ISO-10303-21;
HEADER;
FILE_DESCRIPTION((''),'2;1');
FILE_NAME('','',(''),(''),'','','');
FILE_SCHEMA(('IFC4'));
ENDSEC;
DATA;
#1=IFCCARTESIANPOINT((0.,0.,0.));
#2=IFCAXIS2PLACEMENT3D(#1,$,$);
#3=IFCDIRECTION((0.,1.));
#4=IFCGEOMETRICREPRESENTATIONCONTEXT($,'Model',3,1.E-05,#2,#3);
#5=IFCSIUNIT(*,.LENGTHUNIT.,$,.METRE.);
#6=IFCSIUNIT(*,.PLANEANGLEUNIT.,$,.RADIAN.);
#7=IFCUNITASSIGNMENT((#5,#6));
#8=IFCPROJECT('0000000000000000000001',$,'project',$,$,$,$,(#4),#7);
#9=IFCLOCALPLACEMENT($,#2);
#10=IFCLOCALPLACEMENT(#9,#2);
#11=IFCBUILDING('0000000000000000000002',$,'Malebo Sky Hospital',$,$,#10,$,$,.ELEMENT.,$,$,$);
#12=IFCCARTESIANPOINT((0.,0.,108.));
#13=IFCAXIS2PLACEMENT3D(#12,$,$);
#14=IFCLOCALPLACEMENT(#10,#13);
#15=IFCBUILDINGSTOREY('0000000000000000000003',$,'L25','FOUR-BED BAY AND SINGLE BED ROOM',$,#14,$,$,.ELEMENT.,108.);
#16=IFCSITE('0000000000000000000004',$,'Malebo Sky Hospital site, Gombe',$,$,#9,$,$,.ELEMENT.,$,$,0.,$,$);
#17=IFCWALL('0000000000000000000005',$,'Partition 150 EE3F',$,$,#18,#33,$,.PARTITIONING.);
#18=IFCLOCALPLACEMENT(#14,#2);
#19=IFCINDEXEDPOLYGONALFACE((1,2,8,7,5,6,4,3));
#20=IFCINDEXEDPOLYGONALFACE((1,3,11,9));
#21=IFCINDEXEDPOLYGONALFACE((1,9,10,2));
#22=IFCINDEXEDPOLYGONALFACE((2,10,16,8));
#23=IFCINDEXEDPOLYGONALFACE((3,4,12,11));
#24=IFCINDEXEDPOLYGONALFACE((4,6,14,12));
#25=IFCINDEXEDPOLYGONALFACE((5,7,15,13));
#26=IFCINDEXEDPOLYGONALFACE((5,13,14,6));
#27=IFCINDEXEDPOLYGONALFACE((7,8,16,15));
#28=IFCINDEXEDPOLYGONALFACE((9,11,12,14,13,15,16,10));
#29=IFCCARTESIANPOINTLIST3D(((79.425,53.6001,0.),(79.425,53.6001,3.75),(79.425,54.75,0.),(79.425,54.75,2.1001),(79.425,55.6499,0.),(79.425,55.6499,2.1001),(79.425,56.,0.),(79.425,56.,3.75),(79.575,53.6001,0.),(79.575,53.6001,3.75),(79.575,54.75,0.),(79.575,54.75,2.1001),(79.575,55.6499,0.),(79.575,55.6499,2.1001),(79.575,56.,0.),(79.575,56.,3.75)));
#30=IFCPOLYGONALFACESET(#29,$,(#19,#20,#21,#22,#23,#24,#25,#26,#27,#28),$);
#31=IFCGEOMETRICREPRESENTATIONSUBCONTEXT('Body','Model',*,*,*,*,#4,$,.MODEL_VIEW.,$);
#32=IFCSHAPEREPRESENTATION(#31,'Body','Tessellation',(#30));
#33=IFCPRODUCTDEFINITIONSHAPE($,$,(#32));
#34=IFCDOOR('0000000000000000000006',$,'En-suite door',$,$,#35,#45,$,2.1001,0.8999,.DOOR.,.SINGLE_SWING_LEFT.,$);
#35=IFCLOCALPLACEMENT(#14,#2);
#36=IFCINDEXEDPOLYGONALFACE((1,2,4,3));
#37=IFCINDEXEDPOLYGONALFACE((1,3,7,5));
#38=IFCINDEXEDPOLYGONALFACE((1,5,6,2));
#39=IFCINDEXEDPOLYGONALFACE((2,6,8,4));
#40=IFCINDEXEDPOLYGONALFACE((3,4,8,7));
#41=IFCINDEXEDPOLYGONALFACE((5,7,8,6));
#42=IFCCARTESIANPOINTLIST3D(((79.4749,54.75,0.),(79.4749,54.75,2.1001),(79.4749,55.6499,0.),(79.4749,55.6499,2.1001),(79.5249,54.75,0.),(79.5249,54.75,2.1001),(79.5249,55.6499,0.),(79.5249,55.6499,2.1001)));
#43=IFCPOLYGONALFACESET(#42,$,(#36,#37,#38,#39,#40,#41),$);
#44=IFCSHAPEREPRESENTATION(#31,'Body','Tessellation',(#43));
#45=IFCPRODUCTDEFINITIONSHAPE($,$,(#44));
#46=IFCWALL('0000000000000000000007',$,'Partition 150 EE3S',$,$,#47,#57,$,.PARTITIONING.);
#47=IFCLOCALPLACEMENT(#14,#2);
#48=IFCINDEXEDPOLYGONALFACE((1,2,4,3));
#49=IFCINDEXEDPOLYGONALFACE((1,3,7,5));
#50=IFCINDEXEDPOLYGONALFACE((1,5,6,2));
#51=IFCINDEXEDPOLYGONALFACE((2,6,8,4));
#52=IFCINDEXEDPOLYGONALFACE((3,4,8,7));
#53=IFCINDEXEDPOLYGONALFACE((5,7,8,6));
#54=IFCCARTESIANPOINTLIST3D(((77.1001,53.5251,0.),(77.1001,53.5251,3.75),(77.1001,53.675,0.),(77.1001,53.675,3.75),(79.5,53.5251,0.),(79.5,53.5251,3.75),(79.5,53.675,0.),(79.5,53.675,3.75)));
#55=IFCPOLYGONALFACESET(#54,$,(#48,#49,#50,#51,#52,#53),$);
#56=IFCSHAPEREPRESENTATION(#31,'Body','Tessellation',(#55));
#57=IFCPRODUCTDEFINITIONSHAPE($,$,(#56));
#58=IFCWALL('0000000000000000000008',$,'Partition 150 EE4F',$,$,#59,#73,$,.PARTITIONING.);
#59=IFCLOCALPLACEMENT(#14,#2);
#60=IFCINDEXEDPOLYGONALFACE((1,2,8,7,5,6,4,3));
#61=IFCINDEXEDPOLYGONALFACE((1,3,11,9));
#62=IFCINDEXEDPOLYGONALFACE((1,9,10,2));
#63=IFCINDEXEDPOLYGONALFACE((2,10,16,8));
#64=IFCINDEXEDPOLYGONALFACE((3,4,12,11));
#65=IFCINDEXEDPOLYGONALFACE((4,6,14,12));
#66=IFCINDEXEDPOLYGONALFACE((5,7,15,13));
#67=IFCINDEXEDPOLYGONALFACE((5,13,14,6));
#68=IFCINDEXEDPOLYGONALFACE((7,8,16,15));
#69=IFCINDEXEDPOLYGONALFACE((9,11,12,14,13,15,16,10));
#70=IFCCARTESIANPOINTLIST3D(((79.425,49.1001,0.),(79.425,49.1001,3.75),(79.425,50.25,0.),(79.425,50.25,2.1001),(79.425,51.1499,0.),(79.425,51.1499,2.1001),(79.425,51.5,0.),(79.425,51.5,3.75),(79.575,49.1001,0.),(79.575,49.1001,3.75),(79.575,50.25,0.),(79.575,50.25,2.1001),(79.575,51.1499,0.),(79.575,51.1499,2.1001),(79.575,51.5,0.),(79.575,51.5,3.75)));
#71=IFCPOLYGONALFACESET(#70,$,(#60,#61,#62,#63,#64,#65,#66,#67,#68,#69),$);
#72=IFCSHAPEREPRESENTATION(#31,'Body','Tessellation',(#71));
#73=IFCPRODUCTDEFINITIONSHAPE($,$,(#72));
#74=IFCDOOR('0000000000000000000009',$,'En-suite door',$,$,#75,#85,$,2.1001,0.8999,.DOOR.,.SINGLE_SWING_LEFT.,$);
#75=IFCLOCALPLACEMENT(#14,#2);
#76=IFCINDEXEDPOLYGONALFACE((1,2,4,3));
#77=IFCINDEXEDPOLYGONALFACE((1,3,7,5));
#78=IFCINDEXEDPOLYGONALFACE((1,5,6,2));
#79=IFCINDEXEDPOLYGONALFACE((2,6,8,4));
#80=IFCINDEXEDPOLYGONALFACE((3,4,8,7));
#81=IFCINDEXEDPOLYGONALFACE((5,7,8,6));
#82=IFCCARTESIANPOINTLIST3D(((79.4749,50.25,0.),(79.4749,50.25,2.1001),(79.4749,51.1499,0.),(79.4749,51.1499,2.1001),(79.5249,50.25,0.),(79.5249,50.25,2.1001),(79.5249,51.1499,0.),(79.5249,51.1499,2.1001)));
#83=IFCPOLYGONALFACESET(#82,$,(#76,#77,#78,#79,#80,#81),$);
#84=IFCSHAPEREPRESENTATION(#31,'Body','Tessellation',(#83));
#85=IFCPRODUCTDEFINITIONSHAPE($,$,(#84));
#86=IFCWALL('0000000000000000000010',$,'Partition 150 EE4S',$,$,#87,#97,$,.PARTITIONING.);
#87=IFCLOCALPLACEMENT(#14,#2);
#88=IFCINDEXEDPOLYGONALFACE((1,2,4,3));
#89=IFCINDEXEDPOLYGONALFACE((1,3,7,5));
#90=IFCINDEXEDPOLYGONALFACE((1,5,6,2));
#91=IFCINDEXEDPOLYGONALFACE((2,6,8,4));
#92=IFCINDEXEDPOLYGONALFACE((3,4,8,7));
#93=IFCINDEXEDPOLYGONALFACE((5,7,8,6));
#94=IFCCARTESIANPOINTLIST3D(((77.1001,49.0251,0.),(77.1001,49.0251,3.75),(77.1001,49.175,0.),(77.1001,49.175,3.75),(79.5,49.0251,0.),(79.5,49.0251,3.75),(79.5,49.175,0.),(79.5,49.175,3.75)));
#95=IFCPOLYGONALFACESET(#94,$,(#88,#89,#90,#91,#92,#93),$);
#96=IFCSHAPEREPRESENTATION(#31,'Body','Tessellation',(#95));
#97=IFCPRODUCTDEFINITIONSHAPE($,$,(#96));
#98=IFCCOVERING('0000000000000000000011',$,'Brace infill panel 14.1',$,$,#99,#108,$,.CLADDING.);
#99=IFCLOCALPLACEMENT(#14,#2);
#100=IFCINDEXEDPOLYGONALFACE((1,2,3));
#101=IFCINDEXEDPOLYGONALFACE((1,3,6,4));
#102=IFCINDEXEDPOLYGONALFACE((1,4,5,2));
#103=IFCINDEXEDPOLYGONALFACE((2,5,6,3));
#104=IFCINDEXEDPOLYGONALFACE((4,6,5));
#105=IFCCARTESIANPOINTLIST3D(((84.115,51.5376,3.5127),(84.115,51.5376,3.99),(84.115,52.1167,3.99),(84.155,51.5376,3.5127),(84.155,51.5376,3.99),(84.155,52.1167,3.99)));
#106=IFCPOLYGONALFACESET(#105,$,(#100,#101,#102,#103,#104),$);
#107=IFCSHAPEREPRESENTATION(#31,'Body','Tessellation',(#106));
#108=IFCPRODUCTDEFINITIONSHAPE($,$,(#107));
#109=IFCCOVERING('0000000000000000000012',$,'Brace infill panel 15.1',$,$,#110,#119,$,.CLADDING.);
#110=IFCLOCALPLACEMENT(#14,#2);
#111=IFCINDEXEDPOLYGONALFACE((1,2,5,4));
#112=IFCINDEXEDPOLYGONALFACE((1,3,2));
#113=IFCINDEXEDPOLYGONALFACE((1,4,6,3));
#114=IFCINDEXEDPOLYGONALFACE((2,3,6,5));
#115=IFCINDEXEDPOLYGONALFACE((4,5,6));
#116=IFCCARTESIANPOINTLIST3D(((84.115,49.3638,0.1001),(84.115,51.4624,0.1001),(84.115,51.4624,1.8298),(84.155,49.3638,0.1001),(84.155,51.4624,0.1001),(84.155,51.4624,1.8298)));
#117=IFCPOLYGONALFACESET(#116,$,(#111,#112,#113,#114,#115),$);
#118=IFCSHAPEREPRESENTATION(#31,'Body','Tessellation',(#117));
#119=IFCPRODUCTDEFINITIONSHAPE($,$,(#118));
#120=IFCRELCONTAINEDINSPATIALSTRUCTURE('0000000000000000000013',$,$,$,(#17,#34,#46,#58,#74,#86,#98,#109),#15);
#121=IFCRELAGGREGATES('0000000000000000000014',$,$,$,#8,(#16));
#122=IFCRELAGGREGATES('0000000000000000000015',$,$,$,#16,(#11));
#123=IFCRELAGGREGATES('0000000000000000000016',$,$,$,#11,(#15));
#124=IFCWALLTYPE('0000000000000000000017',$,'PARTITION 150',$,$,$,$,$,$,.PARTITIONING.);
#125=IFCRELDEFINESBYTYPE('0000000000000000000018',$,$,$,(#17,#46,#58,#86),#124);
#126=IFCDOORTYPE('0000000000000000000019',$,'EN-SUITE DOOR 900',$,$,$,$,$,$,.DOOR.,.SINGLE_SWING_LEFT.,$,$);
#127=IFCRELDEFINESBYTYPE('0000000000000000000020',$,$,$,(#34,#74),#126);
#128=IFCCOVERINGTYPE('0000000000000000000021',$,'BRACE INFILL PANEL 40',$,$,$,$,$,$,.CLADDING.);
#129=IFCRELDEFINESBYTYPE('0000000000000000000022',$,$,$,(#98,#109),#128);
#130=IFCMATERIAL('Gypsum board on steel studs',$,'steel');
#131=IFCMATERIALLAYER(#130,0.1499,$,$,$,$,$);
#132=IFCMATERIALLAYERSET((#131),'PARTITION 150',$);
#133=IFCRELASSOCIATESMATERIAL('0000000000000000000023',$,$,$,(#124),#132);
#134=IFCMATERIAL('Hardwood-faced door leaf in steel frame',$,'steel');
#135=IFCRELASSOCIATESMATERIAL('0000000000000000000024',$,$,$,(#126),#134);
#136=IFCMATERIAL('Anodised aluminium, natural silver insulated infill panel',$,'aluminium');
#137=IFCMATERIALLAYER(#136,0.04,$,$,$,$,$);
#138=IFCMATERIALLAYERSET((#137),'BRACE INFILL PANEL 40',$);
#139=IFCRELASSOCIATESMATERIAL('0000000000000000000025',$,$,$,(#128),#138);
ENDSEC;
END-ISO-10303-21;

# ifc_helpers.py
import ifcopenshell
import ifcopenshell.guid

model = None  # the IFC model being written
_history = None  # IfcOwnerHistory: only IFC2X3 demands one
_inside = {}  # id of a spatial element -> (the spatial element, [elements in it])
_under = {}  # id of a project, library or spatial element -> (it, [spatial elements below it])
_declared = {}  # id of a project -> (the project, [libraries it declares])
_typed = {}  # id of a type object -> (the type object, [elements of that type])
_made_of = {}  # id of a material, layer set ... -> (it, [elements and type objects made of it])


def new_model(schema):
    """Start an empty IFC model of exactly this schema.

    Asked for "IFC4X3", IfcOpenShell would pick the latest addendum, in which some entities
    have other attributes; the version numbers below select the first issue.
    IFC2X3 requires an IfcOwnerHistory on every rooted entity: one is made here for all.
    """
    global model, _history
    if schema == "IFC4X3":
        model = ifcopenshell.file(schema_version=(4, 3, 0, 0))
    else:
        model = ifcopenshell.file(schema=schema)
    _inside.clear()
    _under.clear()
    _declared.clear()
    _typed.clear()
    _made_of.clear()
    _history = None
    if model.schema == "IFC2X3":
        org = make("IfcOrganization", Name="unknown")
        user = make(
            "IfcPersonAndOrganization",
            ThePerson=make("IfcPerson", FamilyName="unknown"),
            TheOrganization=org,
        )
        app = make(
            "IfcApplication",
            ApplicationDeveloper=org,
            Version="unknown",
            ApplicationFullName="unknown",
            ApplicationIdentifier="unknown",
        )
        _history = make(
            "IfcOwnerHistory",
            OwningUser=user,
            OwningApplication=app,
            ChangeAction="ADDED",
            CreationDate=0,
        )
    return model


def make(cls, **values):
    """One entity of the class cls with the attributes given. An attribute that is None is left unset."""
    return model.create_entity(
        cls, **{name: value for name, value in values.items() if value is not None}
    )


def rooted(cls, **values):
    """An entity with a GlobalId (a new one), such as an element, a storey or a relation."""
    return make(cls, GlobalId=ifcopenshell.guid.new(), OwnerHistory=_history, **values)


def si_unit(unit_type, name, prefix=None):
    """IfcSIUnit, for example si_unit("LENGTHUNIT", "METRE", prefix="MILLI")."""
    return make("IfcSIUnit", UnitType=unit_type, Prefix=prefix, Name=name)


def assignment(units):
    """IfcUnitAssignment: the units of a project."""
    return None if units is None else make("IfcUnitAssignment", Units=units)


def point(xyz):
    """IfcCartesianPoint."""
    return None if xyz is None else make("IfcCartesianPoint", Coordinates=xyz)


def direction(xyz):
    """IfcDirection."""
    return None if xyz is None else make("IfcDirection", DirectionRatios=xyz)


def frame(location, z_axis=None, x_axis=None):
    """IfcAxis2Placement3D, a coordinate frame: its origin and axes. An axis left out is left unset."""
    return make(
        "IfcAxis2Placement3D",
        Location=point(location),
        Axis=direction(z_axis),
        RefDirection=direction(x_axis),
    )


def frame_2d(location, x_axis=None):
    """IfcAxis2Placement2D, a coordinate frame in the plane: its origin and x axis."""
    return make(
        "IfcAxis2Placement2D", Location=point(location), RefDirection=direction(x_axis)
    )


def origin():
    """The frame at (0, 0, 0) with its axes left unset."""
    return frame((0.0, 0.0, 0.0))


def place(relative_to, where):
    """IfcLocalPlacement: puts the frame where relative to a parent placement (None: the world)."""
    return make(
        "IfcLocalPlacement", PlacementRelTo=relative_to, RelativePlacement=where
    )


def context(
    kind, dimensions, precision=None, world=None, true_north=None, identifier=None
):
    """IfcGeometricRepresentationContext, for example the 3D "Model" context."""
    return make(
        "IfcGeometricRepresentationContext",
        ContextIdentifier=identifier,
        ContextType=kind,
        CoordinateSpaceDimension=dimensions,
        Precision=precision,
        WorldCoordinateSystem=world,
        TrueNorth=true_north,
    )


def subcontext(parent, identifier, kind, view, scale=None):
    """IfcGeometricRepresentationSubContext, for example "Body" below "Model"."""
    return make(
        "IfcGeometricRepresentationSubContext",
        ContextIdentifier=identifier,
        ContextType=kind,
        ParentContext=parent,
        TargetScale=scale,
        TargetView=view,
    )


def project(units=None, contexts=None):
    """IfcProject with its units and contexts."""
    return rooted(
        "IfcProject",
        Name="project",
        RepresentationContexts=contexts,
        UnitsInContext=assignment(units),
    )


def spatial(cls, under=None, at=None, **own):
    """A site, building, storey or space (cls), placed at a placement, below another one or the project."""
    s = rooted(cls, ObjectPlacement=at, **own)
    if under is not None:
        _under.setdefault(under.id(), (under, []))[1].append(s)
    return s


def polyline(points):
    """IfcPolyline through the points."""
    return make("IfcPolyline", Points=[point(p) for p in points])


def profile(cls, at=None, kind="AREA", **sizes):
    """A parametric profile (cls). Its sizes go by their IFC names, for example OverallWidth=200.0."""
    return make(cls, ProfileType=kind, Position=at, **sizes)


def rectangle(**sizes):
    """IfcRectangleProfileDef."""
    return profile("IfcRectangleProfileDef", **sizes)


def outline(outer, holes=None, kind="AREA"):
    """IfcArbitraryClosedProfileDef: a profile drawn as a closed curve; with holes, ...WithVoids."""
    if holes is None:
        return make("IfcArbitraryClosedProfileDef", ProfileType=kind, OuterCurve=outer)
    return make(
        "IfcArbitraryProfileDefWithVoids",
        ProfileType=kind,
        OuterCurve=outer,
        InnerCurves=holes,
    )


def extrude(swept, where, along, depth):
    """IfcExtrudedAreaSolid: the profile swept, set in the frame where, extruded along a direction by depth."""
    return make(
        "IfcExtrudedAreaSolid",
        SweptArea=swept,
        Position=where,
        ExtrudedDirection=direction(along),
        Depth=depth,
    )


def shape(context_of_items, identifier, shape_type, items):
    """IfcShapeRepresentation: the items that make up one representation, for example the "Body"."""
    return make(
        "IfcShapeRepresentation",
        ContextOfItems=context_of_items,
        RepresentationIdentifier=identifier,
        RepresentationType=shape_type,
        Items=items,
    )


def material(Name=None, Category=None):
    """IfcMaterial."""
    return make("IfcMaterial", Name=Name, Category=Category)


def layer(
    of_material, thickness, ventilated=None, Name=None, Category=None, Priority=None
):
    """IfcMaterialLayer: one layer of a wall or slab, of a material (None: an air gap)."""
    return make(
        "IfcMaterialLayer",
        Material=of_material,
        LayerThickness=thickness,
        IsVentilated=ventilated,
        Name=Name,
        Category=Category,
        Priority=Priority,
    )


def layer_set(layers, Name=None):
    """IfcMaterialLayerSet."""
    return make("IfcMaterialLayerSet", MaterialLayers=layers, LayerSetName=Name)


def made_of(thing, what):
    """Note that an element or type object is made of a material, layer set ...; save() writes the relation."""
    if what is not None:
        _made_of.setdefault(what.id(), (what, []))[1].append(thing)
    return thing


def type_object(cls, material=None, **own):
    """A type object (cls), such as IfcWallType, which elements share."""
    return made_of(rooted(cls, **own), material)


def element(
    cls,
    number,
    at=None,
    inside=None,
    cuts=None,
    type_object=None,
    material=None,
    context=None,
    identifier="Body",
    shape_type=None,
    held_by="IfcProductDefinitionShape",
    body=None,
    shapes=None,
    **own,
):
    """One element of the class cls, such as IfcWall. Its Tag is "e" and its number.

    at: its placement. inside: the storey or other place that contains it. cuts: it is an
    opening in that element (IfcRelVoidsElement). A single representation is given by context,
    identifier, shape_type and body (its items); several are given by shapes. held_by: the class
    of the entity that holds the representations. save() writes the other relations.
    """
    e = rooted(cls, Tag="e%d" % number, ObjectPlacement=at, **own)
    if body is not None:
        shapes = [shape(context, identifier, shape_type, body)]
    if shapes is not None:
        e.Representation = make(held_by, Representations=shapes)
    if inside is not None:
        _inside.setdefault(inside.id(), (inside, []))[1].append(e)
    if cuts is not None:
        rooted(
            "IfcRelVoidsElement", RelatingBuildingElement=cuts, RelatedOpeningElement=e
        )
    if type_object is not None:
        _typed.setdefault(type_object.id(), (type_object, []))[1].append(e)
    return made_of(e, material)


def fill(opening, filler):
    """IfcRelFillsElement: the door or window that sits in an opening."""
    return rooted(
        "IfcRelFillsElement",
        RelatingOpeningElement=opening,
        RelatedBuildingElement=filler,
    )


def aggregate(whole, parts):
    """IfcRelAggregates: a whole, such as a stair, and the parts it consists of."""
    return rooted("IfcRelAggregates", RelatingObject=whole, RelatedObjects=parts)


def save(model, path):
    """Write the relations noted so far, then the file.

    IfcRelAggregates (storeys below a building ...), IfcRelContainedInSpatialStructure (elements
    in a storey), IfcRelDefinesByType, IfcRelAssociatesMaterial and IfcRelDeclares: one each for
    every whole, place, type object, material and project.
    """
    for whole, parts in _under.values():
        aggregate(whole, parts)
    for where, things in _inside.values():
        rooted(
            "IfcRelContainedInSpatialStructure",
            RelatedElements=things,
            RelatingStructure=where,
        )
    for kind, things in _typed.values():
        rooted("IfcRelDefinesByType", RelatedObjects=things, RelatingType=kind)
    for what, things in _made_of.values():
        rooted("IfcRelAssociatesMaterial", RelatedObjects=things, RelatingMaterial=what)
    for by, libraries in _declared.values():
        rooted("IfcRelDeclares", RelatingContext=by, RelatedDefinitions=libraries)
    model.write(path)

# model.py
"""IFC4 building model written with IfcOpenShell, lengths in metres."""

from ifc_helpers import new_model, si_unit, direction, frame, frame_2d, origin, place, context, subcontext, project, spatial, polyline, rectangle, outline, extrude, material, layer, layer_set, type_object, element, fill, save


model = new_model("IFC4")

# Units and contexts
model_context = context("Model", 3, precision=1e-05, world=origin(), true_north=direction((0.0, 1.0)))
body_context = subcontext(model_context, "Body", "Model", "MODEL_VIEW")
ifc_project = project(units=[si_unit("LENGTHUNIT", "METRE"), si_unit("PLANEANGLEUNIT", "RADIAN")], contexts=[model_context])

# Site, building, storey
site_placement = place(None, origin())
site = spatial("IfcSite", under=ifc_project, at=site_placement, Name="Malebo Sky Hospital site, Gombe", CompositionType="ELEMENT", RefElevation=0.0)
building_placement = place(site_placement, origin())
building = spatial("IfcBuilding", under=site, at=building_placement, Name="Malebo Sky Hospital", CompositionType="ELEMENT")
storey_placement = place(building_placement, frame((0.0, 0.0, 108.0)))
storey = spatial("IfcBuildingStorey", under=building, at=storey_placement, Name="L25", Description="FOUR-BED BAY AND SINGLE BED ROOM", CompositionType="ELEMENT", Elevation=108.0)

# Shared definitions
ifc_material_1 = material(Name="Gypsum board on steel studs", Category="steel")
ifc_layer_1 = layer(ifc_material_1, 0.1499)
ifc_layer_set_1 = layer_set([ifc_layer_1], Name="PARTITION 150")
wall_type = type_object("IfcWallType", Name="PARTITION 150", PredefinedType="PARTITIONING", material=ifc_layer_set_1)

# Wall, opening, door
wall_1_placement = place(storey_placement, frame((79.5, 56.0, 0.0), z_axis=(0.0, 0.0, 1.0), x_axis=(0.0, -1.0, 0.0)))
wall_1 = element("IfcWall", 1, at=wall_1_placement, inside=storey, type_object=wall_type, Name="Partition 150 EE3F", PredefinedType="PARTITIONING", context=body_context, shape_type="SweptSolid", body=[
    extrude(rectangle(XDim=2.3999, YDim=0.1499, at=frame_2d((1.2, 0.0))), origin(), (0.0, 0.0, 1.0), 3.75),
])
opening_1_placement = place(wall_1_placement, frame((0.3501, 0.0, 0.0)))
opening_1 = element("IfcOpeningElement", 2, at=opening_1_placement, cuts=wall_1, PredefinedType="OPENING", context=body_context, shape_type="SweptSolid", body=[
    extrude(rectangle(XDim=0.8999, YDim=2.1001, at=frame_2d((0.45, 1.05))), frame((0.0, 0.085, 0.0), z_axis=(0.0, -1.0, 0.0), x_axis=(1.0, 0.0, 0.0)), (0.0, 0.0, 1.0), 0.1699),
])
ifc_material_2 = material(Name="Hardwood-faced door leaf in steel frame", Category="steel")
door_type = type_object("IfcDoorType", Name="EN-SUITE DOOR 900", OperationType="SINGLE_SWING_LEFT", PredefinedType="DOOR", material=ifc_material_2)
door_1_placement = place(opening_1_placement, origin())
door_1 = element("IfcDoor", 3, at=door_1_placement, inside=storey, type_object=door_type, Name="En-suite door", OperationType="SINGLE_SWING_LEFT", OverallHeight=2.1001, OverallWidth=0.8999, PredefinedType="DOOR", context=body_context, shape_type="SweptSolid", body=[
    extrude(rectangle(XDim=0.8999, YDim=2.1001, at=frame_2d((0.45, 1.05))), frame((0.0, 0.0249, 0.0), z_axis=(0.0, -1.0, 0.0), x_axis=(1.0, 0.0, 0.0)), (0.0, 0.0, 1.0), 0.05),
])
fill(opening_1, door_1)

# Wall
wall_2_placement = place(storey_placement, frame((77.1001, 53.6001, 0.0), z_axis=(0.0, 0.0, 1.0), x_axis=(1.0, 0.0, 0.0)))
element("IfcWall", 4, at=wall_2_placement, inside=storey, type_object=wall_type, Name="Partition 150 EE3S", PredefinedType="PARTITIONING", context=body_context, shape_type="SweptSolid", body=[
    extrude(rectangle(XDim=2.3999, YDim=0.1499, at=frame_2d((1.2, 0.0))), origin(), (0.0, 0.0, 1.0), 3.75),
])

# Wall, opening, door
wall_3_placement = place(storey_placement, frame((79.5, 51.5, 0.0), z_axis=(0.0, 0.0, 1.0), x_axis=(0.0, -1.0, 0.0)))
wall_3 = element("IfcWall", 5, at=wall_3_placement, inside=storey, type_object=wall_type, Name="Partition 150 EE4F", PredefinedType="PARTITIONING", context=body_context, shape_type="SweptSolid", body=[
    extrude(rectangle(XDim=2.3999, YDim=0.1499, at=frame_2d((1.2, 0.0))), origin(), (0.0, 0.0, 1.0), 3.75),
])
opening_2_placement = place(wall_3_placement, frame((0.3501, 0.0, 0.0)))
opening_2 = element("IfcOpeningElement", 6, at=opening_2_placement, cuts=wall_3, PredefinedType="OPENING", context=body_context, shape_type="SweptSolid", body=[
    extrude(rectangle(XDim=0.8999, YDim=2.1001, at=frame_2d((0.45, 1.05))), frame((0.0, 0.085, 0.0), z_axis=(0.0, -1.0, 0.0), x_axis=(1.0, 0.0, 0.0)), (0.0, 0.0, 1.0), 0.1699),
])
door_2_placement = place(opening_2_placement, origin())
door_2 = element("IfcDoor", 7, at=door_2_placement, inside=storey, type_object=door_type, Name="En-suite door", OperationType="SINGLE_SWING_LEFT", OverallHeight=2.1001, OverallWidth=0.8999, PredefinedType="DOOR", context=body_context, shape_type="SweptSolid", body=[
    extrude(rectangle(XDim=0.8999, YDim=2.1001, at=frame_2d((0.45, 1.05))), frame((0.0, 0.0249, 0.0), z_axis=(0.0, -1.0, 0.0), x_axis=(1.0, 0.0, 0.0)), (0.0, 0.0, 1.0), 0.05),
])
fill(opening_2, door_2)

# Wall
wall_4_placement = place(storey_placement, frame((77.1001, 49.1001, 0.0), z_axis=(0.0, 0.0, 1.0), x_axis=(1.0, 0.0, 0.0)))
element("IfcWall", 8, at=wall_4_placement, inside=storey, type_object=wall_type, Name="Partition 150 EE4S", PredefinedType="PARTITIONING", context=body_context, shape_type="SweptSolid", body=[
    extrude(rectangle(XDim=2.3999, YDim=0.1499, at=frame_2d((1.2, 0.0))), origin(), (0.0, 0.0, 1.0), 3.75),
])

# Coverings
ifc_material_3 = material(Name="Anodised aluminium, natural silver insulated infill panel", Category="aluminium")
ifc_layer_2 = layer(ifc_material_3, 0.04)
ifc_layer_set_2 = layer_set([ifc_layer_2], Name="BRACE INFILL PANEL 40")
covering_type = type_object("IfcCoveringType", Name="BRACE INFILL PANEL 40", PredefinedType="CLADDING", material=ifc_layer_set_2)
covering_1_placement = place(storey_placement, frame((84.135, 51.8271, 3.5127), z_axis=(0.0, 0.0, 1.0), x_axis=(0.0, -1.0, 0.0)))
element("IfcCovering", 9, at=covering_1_placement, inside=storey, type_object=covering_type, Name="Brace infill panel 14.1", PredefinedType="CLADDING", context=body_context, shape_type="SweptSolid", body=[
    extrude(outline(polyline([(0.2896, 0.0), (0.2896, 0.4773), (-0.2896, 0.4773), (0.2896, 0.0)])), frame((0.0, 0.02, 0.0), z_axis=(0.0, -1.0, 0.0), x_axis=(1.0, 0.0, 0.0)), (0.0, 0.0, 1.0), 0.04),
])
covering_2_placement = place(storey_placement, frame((84.135, 50.4131, 0.1001), z_axis=(0.0, 0.0, 1.0), x_axis=(0.0, -1.0, 0.0)))
element("IfcCovering", 10, at=covering_2_placement, inside=storey, type_object=covering_type, Name="Brace infill panel 15.1", PredefinedType="CLADDING", context=body_context, shape_type="SweptSolid", body=[
    extrude(outline(polyline([(-1.0493, 0.0), (1.0493, 0.0), (-1.0493, 1.7297), (-1.0493, 0.0)])), frame((0.0, 0.02, 0.0), z_axis=(0.0, -1.0, 0.0), x_axis=(1.0, 0.0, 0.0)), (0.0, 0.0, 1.0), 0.04),
])

save(model, "model.ifc")
